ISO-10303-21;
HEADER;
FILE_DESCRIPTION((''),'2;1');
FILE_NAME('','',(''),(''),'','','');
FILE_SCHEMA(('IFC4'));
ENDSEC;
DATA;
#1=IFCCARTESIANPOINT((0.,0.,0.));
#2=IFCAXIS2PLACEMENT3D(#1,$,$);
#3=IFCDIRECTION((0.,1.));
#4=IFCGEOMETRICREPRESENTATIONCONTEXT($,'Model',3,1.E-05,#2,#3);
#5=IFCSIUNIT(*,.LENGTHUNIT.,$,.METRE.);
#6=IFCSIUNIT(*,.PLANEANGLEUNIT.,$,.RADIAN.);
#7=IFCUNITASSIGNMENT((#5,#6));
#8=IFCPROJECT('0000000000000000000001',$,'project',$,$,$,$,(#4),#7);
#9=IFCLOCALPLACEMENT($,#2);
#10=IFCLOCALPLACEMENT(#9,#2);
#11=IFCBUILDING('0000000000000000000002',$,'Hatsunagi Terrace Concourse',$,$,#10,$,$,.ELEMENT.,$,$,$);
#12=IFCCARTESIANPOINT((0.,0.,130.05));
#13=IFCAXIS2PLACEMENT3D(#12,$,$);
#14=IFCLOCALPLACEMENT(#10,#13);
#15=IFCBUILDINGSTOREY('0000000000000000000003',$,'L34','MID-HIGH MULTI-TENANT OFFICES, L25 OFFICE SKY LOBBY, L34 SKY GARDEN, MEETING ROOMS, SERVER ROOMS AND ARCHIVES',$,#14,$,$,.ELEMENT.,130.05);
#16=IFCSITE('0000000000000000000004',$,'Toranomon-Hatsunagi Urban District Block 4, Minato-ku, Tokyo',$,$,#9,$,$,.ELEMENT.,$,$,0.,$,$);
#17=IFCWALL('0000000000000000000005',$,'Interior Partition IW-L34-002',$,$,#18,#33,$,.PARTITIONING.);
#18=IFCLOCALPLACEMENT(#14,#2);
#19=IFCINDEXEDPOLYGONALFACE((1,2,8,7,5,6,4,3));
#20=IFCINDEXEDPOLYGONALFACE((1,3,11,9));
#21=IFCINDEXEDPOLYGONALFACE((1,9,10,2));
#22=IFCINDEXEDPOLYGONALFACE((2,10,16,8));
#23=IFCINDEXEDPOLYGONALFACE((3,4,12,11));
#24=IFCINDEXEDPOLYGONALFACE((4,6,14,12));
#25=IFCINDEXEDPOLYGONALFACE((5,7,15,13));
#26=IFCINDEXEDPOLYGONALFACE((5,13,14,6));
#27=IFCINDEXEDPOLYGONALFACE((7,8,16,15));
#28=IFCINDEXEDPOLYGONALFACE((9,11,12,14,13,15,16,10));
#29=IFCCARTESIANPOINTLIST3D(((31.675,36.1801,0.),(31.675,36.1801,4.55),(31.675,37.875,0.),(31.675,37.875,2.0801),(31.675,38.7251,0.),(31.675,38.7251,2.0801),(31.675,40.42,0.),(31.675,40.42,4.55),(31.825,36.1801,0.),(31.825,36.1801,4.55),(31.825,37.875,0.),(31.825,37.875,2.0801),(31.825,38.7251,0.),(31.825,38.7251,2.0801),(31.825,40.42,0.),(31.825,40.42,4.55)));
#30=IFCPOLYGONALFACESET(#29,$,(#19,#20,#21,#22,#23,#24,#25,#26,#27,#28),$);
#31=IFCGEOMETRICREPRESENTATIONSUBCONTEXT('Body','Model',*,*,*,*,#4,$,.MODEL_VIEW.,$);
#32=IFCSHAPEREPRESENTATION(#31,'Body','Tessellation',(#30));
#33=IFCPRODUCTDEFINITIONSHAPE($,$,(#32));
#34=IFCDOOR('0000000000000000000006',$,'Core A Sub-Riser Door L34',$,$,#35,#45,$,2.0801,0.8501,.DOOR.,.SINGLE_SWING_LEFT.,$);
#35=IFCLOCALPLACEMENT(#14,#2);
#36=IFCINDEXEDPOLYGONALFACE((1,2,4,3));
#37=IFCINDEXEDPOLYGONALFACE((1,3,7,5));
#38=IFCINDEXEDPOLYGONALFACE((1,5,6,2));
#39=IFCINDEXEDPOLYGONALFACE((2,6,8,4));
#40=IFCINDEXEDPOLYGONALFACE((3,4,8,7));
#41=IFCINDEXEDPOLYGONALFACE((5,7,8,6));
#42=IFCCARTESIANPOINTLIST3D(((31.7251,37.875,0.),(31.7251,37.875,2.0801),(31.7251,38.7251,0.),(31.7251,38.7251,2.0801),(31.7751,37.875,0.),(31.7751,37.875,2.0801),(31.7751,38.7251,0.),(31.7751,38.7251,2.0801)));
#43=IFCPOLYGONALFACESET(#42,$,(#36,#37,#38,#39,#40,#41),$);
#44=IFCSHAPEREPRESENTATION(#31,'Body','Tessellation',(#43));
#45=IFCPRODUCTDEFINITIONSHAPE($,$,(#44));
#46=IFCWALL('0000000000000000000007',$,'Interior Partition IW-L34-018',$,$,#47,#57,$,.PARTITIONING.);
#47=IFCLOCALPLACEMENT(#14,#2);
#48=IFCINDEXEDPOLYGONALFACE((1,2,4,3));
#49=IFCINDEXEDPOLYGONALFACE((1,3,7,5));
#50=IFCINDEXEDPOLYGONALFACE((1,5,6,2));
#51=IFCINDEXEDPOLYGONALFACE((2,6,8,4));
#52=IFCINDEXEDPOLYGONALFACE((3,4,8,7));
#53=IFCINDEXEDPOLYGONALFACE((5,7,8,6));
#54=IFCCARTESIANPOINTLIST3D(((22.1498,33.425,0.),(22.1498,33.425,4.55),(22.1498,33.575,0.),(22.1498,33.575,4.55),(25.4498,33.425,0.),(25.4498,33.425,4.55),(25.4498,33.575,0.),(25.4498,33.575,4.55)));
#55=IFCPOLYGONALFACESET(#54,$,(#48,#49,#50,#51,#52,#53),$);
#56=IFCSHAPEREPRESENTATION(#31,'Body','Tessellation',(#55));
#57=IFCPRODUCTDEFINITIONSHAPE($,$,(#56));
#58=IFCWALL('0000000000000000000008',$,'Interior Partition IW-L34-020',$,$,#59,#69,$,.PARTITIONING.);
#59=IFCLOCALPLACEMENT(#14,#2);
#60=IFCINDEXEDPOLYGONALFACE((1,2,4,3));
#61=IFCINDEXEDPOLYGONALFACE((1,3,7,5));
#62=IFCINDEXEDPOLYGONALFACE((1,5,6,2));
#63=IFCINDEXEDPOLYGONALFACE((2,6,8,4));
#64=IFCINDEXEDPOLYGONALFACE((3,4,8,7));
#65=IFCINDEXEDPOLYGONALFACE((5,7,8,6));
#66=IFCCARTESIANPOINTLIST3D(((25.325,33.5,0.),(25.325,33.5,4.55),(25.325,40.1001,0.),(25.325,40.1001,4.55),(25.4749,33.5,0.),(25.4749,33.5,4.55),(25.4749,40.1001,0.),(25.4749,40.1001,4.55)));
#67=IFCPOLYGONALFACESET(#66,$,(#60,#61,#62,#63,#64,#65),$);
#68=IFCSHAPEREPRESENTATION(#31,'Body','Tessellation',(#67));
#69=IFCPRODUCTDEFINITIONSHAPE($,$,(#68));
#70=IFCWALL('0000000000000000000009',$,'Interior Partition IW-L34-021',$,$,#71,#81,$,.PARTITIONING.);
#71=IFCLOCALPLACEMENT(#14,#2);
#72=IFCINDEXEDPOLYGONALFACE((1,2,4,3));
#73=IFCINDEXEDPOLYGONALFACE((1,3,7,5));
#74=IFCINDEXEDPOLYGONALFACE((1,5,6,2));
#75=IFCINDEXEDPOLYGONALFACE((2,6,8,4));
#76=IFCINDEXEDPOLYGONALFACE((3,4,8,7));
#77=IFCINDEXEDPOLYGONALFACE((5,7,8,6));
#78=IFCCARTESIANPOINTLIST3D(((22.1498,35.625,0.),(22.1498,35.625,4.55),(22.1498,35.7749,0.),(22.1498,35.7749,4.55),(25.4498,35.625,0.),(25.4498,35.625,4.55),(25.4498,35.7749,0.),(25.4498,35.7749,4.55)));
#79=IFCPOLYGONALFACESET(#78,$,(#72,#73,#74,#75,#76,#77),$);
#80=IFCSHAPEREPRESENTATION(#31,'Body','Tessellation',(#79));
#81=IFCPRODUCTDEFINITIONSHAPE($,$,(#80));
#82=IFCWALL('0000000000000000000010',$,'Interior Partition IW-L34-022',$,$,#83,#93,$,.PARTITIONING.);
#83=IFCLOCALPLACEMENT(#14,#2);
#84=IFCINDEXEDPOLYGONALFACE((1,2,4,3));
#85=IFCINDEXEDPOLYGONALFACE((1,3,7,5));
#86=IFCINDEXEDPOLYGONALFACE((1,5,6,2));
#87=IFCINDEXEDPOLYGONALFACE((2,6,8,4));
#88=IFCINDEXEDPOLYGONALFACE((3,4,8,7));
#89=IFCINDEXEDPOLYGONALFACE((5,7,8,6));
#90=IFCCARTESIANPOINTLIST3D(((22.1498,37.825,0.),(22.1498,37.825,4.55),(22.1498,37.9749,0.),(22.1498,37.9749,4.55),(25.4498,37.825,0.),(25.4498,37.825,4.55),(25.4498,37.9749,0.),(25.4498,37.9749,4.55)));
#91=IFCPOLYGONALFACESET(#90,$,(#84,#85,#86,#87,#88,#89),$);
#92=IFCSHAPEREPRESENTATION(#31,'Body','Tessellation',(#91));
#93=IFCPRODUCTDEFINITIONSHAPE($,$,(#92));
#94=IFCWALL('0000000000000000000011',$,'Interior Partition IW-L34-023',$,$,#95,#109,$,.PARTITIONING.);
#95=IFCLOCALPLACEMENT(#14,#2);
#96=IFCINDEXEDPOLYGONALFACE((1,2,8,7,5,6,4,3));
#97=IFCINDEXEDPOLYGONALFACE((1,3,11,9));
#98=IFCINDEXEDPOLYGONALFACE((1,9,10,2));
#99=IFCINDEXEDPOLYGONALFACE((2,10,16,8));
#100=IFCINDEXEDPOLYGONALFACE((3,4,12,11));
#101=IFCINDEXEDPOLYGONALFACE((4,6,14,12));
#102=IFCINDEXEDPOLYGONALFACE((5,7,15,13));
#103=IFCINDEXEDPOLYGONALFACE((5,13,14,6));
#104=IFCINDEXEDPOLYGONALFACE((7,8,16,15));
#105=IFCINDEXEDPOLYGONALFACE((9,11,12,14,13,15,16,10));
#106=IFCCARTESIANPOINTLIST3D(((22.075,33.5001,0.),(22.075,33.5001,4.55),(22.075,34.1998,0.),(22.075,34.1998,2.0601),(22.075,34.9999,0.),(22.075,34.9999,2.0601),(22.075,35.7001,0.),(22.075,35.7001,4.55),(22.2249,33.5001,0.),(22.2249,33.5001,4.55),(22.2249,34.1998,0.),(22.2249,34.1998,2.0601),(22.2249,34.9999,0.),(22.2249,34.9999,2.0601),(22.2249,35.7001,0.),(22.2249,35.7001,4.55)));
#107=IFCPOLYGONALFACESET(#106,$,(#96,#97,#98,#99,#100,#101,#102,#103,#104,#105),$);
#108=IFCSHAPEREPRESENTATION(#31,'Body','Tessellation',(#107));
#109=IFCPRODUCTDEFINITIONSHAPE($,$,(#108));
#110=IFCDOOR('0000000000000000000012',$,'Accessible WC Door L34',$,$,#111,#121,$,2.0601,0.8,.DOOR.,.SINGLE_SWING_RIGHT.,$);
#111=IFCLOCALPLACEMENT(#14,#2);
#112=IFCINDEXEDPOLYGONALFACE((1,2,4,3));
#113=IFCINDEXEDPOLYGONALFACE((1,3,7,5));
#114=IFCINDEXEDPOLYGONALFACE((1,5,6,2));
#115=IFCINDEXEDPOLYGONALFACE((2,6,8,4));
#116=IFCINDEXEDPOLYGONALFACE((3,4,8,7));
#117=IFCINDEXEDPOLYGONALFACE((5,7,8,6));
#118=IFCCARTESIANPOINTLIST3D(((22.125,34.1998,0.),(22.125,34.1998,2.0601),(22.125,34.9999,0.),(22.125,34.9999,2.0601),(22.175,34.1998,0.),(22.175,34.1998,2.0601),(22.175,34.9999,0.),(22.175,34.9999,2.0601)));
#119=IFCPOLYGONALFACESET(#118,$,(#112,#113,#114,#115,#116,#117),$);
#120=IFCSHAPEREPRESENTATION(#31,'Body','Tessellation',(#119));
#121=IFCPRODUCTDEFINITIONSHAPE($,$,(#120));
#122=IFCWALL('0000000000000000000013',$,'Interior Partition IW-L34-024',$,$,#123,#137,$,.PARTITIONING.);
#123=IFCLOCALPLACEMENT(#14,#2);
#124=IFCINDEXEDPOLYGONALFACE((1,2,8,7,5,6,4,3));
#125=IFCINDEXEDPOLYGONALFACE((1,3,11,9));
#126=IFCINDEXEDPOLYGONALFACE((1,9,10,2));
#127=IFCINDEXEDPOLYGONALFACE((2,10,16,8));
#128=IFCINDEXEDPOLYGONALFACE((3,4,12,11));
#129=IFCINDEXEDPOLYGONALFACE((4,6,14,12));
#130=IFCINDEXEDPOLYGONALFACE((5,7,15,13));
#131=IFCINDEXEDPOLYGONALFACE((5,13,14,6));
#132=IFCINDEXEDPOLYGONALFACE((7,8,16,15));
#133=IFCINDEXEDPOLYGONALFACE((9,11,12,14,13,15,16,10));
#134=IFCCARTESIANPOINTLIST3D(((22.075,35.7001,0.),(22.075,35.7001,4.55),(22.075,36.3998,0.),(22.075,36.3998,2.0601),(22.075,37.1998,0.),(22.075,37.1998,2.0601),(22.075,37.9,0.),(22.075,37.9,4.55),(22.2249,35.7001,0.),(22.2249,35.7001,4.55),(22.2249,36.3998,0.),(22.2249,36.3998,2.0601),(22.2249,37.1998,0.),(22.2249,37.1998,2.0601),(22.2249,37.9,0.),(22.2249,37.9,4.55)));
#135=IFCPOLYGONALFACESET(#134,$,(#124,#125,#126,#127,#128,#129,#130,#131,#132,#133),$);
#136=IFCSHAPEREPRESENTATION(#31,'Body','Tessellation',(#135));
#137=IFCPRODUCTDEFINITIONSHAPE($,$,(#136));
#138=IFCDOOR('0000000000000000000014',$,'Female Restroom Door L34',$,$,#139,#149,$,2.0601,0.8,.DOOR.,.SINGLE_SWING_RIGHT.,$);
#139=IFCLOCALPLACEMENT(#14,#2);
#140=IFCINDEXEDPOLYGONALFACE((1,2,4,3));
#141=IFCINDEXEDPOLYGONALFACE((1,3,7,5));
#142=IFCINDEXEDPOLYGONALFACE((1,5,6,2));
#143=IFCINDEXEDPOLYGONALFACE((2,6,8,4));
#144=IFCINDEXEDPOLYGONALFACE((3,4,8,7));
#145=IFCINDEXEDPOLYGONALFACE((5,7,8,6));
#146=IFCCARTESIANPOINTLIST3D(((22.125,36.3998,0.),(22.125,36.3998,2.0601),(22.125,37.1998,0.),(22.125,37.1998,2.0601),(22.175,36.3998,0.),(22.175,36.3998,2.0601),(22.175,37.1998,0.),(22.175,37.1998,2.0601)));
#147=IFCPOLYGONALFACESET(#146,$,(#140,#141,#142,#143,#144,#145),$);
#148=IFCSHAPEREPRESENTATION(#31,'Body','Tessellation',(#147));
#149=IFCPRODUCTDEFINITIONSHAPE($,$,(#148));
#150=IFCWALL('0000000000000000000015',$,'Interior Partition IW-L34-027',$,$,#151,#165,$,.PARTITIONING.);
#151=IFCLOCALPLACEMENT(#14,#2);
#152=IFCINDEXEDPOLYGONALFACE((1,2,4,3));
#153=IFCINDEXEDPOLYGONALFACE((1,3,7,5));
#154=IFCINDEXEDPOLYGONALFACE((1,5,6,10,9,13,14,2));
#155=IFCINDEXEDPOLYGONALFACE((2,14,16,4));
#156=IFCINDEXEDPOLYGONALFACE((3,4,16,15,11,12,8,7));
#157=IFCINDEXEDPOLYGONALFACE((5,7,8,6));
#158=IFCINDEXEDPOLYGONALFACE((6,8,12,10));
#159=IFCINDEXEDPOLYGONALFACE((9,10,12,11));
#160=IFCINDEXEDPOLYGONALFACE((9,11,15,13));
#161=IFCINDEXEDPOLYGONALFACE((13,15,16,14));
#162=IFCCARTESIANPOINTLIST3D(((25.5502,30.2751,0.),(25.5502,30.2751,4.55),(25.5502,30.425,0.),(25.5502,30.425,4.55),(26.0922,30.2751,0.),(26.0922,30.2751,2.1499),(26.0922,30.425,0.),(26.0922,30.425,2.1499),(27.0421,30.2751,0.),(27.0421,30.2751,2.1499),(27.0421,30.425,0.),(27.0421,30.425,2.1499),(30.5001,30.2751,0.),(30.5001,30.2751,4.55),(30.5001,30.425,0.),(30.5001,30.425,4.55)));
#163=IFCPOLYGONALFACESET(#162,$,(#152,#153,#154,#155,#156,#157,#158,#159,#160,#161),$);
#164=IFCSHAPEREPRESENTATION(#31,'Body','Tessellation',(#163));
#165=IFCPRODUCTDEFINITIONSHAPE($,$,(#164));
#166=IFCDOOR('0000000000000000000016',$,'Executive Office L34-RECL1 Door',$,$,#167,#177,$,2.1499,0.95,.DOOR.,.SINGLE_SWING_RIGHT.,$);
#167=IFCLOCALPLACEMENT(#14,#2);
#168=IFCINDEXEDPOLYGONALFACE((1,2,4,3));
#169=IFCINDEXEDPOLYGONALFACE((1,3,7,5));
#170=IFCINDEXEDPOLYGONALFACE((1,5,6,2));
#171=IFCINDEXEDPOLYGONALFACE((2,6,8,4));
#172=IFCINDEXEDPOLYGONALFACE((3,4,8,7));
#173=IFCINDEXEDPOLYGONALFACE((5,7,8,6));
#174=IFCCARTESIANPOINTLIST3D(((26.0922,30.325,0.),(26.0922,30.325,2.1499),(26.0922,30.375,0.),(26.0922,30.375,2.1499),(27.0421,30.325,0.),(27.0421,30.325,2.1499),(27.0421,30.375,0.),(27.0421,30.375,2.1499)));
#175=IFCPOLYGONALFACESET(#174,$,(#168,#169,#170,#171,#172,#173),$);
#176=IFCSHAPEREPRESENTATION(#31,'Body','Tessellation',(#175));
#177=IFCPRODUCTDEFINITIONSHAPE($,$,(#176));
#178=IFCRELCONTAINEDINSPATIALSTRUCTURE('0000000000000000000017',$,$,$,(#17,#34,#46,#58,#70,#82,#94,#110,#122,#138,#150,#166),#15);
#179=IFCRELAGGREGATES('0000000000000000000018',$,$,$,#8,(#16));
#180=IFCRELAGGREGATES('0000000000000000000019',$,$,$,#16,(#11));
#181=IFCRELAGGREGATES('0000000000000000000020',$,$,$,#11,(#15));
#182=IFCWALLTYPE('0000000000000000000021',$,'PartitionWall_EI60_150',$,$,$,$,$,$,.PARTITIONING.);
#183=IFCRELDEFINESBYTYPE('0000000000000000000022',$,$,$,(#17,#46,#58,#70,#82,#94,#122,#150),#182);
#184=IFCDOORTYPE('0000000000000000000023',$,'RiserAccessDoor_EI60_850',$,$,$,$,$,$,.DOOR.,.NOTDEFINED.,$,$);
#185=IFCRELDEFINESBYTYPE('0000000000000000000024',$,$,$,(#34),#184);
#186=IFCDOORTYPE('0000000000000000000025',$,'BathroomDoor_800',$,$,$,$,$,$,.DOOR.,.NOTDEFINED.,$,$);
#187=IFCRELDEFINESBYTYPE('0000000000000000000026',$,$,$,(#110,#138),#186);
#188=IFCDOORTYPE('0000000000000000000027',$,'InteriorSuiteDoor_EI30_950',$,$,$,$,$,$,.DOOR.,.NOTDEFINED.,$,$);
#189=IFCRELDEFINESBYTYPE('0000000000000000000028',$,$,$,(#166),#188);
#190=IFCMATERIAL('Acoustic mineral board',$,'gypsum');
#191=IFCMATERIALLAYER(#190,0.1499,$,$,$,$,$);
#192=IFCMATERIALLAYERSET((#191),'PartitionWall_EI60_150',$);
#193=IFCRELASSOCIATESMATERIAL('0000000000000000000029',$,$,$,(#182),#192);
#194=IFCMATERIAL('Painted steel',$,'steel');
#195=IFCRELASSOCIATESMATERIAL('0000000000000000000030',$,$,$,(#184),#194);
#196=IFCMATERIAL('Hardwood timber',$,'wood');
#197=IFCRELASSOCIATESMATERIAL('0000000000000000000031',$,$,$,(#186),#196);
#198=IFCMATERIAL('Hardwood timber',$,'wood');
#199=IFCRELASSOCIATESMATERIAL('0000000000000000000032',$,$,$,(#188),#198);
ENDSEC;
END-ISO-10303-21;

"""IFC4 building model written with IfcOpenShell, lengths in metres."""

from ifc_helpers import new_model, si_unit, direction, frame, frame_2d, origin, place, context, subcontext, project, spatial, rectangle, extrude, material, layer, layer_set, type_object, element, fill, save


model = new_model("IFC4")

# Units and contexts
model_context = context("Model", 3, precision=1e-05, world=origin(), true_north=direction((0.0, 1.0)))
body_context = subcontext(model_context, "Body", "Model", "MODEL_VIEW")
ifc_project = project(units=[si_unit("LENGTHUNIT", "METRE"), si_unit("PLANEANGLEUNIT", "RADIAN")], contexts=[model_context])

# Site, building, storey
site_placement = place(None, origin())
site = spatial("IfcSite", under=ifc_project, at=site_placement, Name="Toranomon-Hatsunagi Urban District Block 4, Minato-ku, Tokyo", CompositionType="ELEMENT", RefElevation=0.0)
building_placement = place(site_placement, origin())
building = spatial("IfcBuilding", under=site, at=building_placement, Name="Hatsunagi Terrace Concourse", CompositionType="ELEMENT")
storey_placement = place(building_placement, frame((0.0, 0.0, 130.05)))
storey = spatial("IfcBuildingStorey", under=building, at=storey_placement, Name="L34", Description="MID-HIGH MULTI-TENANT OFFICES, L25 OFFICE SKY LOBBY, L34 SKY GARDEN, MEETING ROOMS, SERVER ROOMS AND ARCHIVES", CompositionType="ELEMENT", Elevation=130.05)

# Wall, opening, door
ifc_material_1 = material(Name="Acoustic mineral board", Category="gypsum")
ifc_layer_1 = layer(ifc_material_1, 0.1499)
ifc_layer_set_1 = layer_set([ifc_layer_1], Name="PartitionWall_EI60_150")
wall_type_1 = type_object("IfcWallType", Name="PartitionWall_EI60_150", PredefinedType="PARTITIONING", material=ifc_layer_set_1)
wall_1_placement = place(storey_placement, frame((31.75, 36.1799, 0.0), z_axis=(0.0, 0.0, 1.0), x_axis=(0.0, 1.0, 0.0)))
wall_1 = element("IfcWall", 1, at=wall_1_placement, inside=storey, type_object=wall_type_1, Name="Interior Partition IW-L34-002", PredefinedType="PARTITIONING", context=body_context, shape_type="SweptSolid", body=[
    extrude(rectangle(XDim=4.24, YDim=0.1499, at=frame_2d((2.1201, 0.0))), origin(), (0.0, 0.0, 1.0), 4.55),
])
opening_1_placement = place(wall_1_placement, frame((1.6951, 0.0, 0.0)))
opening_1 = element("IfcOpeningElement", 2, at=opening_1_placement, cuts=wall_1, PredefinedType="OPENING", context=body_context, shape_type="SweptSolid", body=[
    extrude(rectangle(XDim=0.8501, YDim=2.0801, at=frame_2d((0.425, 1.04))), frame((0.0, 0.085, 0.0), z_axis=(0.0, -1.0, 0.0), x_axis=(1.0, 0.0, 0.0)), (0.0, 0.0, 1.0), 0.1699),
])
ifc_material_2 = material(Name="Painted steel", Category="steel")
door_type_1 = type_object("IfcDoorType", Name="RiserAccessDoor_EI60_850", OperationType="NOTDEFINED", PredefinedType="DOOR", material=ifc_material_2)
door_1_placement = place(opening_1_placement, origin())
door_1 = element("IfcDoor", 3, at=door_1_placement, inside=storey, type_object=door_type_1, Name="Core A Sub-Riser Door L34", OperationType="SINGLE_SWING_LEFT", OverallHeight=2.0801, OverallWidth=0.8501, PredefinedType="DOOR", context=body_context, shape_type="SweptSolid", body=[
    extrude(rectangle(XDim=0.8501, YDim=2.0801, at=frame_2d((0.425, 1.04))), frame((0.0, 0.0249, 0.0), z_axis=(0.0, -1.0, 0.0), x_axis=(1.0, 0.0, 0.0)), (0.0, 0.0, 1.0), 0.05),
])
fill(opening_1, door_1)

# Walls
wall_2_placement = place(storey_placement, frame((22.1499, 33.5, 0.0), z_axis=(0.0, 0.0, 1.0), x_axis=(1.0, 0.0, 0.0)))
element("IfcWall", 4, at=wall_2_placement, inside=storey, type_object=wall_type_1, Name="Interior Partition IW-L34-018", PredefinedType="PARTITIONING", context=body_context, shape_type="SweptSolid", body=[
    extrude(rectangle(XDim=3.3, YDim=0.1499, at=frame_2d((1.6499, 0.0))), origin(), (0.0, 0.0, 1.0), 4.55),
])
wall_3_placement = place(storey_placement, frame((25.3999, 33.5, 0.0), z_axis=(0.0, 0.0, 1.0), x_axis=(0.0, 1.0, 0.0)))
element("IfcWall", 5, at=wall_3_placement, inside=storey, type_object=wall_type_1, Name="Interior Partition IW-L34-020", PredefinedType="PARTITIONING", context=body_context, shape_type="SweptSolid", body=[
    extrude(rectangle(XDim=6.6001, YDim=0.1499, at=frame_2d((3.3, 0.0))), origin(), (0.0, 0.0, 1.0), 4.55),
])
for number, where, z_axis, x_axis, name in (
    (6, (22.1499, 35.7, 0.0), (0.0, 0.0, 1.0), (1.0, 0.0, 0.0), "Interior Partition IW-L34-021"),
    (7, (22.1499, 37.8999, 0.0), (0.0, 0.0, 1.0), (1.0, 0.0, 0.0), "Interior Partition IW-L34-022"),
):
    element("IfcWall", number, at=place(storey_placement, frame(where, z_axis=z_axis, x_axis=x_axis)), inside=storey, type_object=wall_type_1, Name=name, PredefinedType="PARTITIONING", context=body_context, shape_type="SweptSolid", body=[
        extrude(rectangle(XDim=3.3, YDim=0.1499, at=frame_2d((1.6499, 0.0))), origin(), (0.0, 0.0, 1.0), 4.55),
    ])

# Walls, openings, doors
wall_4_placement = place(storey_placement, frame((22.1499, 33.5, 0.0), z_axis=(0.0, 0.0, 1.0), x_axis=(0.0, 1.0, 0.0)))
wall_4 = element("IfcWall", 8, at=wall_4_placement, inside=storey, type_object=wall_type_1, Name="Interior Partition IW-L34-023", PredefinedType="PARTITIONING", context=body_context, shape_type="SweptSolid", body=[
    extrude(rectangle(XDim=2.2, YDim=0.1499, at=frame_2d((1.1001, 0.0))), origin(), (0.0, 0.0, 1.0), 4.55),
])
opening_2_placement = place(wall_4_placement, frame((0.7, 0.0, 0.0)))
opening_2 = element("IfcOpeningElement", 9, at=opening_2_placement, cuts=wall_4, PredefinedType="OPENING", context=body_context, shape_type="SweptSolid", body=[
    extrude(rectangle(XDim=0.8, YDim=2.0601, at=frame_2d((0.3999, 1.03))), frame((0.0, 0.085, 0.0), z_axis=(0.0, -1.0, 0.0), x_axis=(1.0, 0.0, 0.0)), (0.0, 0.0, 1.0), 0.1699),
])
ifc_material_3 = material(Name="Hardwood timber", Category="wood")
door_type_2 = type_object("IfcDoorType", Name="BathroomDoor_800", OperationType="NOTDEFINED", PredefinedType="DOOR", material=ifc_material_3)
door_2_placement = place(opening_2_placement, origin())
door_2 = element("IfcDoor", 10, at=door_2_placement, inside=storey, type_object=door_type_2, Name="Accessible WC Door L34", OperationType="SINGLE_SWING_RIGHT", OverallHeight=2.0601, OverallWidth=0.8, PredefinedType="DOOR", context=body_context, shape_type="SweptSolid", body=[
    extrude(rectangle(XDim=0.8, YDim=2.0601, at=frame_2d((0.3999, 1.03))), frame((0.0, 0.0249, 0.0), z_axis=(0.0, -1.0, 0.0), x_axis=(1.0, 0.0, 0.0)), (0.0, 0.0, 1.0), 0.05),
])
fill(opening_2, door_2)
wall_5_placement = place(storey_placement, frame((22.1499, 35.7, 0.0), z_axis=(0.0, 0.0, 1.0), x_axis=(0.0, 1.0, 0.0)))
wall_5 = element("IfcWall", 11, at=wall_5_placement, inside=storey, type_object=wall_type_1, Name="Interior Partition IW-L34-024", PredefinedType="PARTITIONING", context=body_context, shape_type="SweptSolid", body=[
    extrude(rectangle(XDim=2.2, YDim=0.1499, at=frame_2d((1.1001, 0.0))), origin(), (0.0, 0.0, 1.0), 4.55),
])
opening_3_placement = place(wall_5_placement, frame((0.7, 0.0, 0.0)))
opening_3 = element("IfcOpeningElement", 12, at=opening_3_placement, cuts=wall_5, PredefinedType="OPENING", context=body_context, shape_type="SweptSolid", body=[
    extrude(rectangle(XDim=0.8, YDim=2.0601, at=frame_2d((0.3999, 1.03))), frame((0.0, 0.085, 0.0), z_axis=(0.0, -1.0, 0.0), x_axis=(1.0, 0.0, 0.0)), (0.0, 0.0, 1.0), 0.1699),
])
door_3_placement = place(opening_3_placement, origin())
door_3 = element("IfcDoor", 13, at=door_3_placement, inside=storey, type_object=door_type_2, Name="Female Restroom Door L34", OperationType="SINGLE_SWING_RIGHT", OverallHeight=2.0601, OverallWidth=0.8, PredefinedType="DOOR", context=body_context, shape_type="SweptSolid", body=[
    extrude(rectangle(XDim=0.8, YDim=2.0601, at=frame_2d((0.3999, 1.03))), frame((0.0, 0.0249, 0.0), z_axis=(0.0, -1.0, 0.0), x_axis=(1.0, 0.0, 0.0)), (0.0, 0.0, 1.0), 0.05),
])
fill(opening_3, door_3)
wall_6_placement = place(storey_placement, frame((25.55, 30.3501, 0.0), z_axis=(0.0, 0.0, 1.0), x_axis=(1.0, 0.0, 0.0)))
wall_6 = element("IfcWall", 14, at=wall_6_placement, inside=storey, type_object=wall_type_1, Name="Interior Partition IW-L34-027", PredefinedType="PARTITIONING", context=body_context, shape_type="SweptSolid", body=[
    extrude(rectangle(XDim=4.95, YDim=0.1499, at=frame_2d((2.4751, 0.0))), origin(), (0.0, 0.0, 1.0), 4.55),
])
opening_4_placement = place(wall_6_placement, frame((0.542, 0.0, 0.0)))
opening_4 = element("IfcOpeningElement", 15, at=opening_4_placement, cuts=wall_6, PredefinedType="OPENING", context=body_context, shape_type="SweptSolid", body=[
    extrude(rectangle(XDim=0.95, YDim=2.1499, at=frame_2d((0.4751, 1.075))), frame((0.0, 0.085, 0.0), z_axis=(0.0, -1.0, 0.0), x_axis=(1.0, 0.0, 0.0)), (0.0, 0.0, 1.0), 0.1699),
])
ifc_material_4 = material(Name="Hardwood timber", Category="wood")
door_type_3 = type_object("IfcDoorType", Name="InteriorSuiteDoor_EI30_950", OperationType="NOTDEFINED", PredefinedType="DOOR", material=ifc_material_4)
door_4_placement = place(opening_4_placement, origin())
door_4 = element("IfcDoor", 16, at=door_4_placement, inside=storey, type_object=door_type_3, Name="Executive Office L34-RECL1 Door", OperationType="SINGLE_SWING_RIGHT", OverallHeight=2.1499, OverallWidth=0.95, PredefinedType="DOOR", context=body_context, shape_type="SweptSolid", body=[
    extrude(rectangle(XDim=0.95, YDim=2.1499, at=frame_2d((0.4751, 1.075))), frame((0.0, 0.0249, 0.0), z_axis=(0.0, -1.0, 0.0), x_axis=(1.0, 0.0, 0.0)), (0.0, 0.0, 1.0), 0.05),
])
fill(opening_4, door_4)

save(model, "model.ifc")
